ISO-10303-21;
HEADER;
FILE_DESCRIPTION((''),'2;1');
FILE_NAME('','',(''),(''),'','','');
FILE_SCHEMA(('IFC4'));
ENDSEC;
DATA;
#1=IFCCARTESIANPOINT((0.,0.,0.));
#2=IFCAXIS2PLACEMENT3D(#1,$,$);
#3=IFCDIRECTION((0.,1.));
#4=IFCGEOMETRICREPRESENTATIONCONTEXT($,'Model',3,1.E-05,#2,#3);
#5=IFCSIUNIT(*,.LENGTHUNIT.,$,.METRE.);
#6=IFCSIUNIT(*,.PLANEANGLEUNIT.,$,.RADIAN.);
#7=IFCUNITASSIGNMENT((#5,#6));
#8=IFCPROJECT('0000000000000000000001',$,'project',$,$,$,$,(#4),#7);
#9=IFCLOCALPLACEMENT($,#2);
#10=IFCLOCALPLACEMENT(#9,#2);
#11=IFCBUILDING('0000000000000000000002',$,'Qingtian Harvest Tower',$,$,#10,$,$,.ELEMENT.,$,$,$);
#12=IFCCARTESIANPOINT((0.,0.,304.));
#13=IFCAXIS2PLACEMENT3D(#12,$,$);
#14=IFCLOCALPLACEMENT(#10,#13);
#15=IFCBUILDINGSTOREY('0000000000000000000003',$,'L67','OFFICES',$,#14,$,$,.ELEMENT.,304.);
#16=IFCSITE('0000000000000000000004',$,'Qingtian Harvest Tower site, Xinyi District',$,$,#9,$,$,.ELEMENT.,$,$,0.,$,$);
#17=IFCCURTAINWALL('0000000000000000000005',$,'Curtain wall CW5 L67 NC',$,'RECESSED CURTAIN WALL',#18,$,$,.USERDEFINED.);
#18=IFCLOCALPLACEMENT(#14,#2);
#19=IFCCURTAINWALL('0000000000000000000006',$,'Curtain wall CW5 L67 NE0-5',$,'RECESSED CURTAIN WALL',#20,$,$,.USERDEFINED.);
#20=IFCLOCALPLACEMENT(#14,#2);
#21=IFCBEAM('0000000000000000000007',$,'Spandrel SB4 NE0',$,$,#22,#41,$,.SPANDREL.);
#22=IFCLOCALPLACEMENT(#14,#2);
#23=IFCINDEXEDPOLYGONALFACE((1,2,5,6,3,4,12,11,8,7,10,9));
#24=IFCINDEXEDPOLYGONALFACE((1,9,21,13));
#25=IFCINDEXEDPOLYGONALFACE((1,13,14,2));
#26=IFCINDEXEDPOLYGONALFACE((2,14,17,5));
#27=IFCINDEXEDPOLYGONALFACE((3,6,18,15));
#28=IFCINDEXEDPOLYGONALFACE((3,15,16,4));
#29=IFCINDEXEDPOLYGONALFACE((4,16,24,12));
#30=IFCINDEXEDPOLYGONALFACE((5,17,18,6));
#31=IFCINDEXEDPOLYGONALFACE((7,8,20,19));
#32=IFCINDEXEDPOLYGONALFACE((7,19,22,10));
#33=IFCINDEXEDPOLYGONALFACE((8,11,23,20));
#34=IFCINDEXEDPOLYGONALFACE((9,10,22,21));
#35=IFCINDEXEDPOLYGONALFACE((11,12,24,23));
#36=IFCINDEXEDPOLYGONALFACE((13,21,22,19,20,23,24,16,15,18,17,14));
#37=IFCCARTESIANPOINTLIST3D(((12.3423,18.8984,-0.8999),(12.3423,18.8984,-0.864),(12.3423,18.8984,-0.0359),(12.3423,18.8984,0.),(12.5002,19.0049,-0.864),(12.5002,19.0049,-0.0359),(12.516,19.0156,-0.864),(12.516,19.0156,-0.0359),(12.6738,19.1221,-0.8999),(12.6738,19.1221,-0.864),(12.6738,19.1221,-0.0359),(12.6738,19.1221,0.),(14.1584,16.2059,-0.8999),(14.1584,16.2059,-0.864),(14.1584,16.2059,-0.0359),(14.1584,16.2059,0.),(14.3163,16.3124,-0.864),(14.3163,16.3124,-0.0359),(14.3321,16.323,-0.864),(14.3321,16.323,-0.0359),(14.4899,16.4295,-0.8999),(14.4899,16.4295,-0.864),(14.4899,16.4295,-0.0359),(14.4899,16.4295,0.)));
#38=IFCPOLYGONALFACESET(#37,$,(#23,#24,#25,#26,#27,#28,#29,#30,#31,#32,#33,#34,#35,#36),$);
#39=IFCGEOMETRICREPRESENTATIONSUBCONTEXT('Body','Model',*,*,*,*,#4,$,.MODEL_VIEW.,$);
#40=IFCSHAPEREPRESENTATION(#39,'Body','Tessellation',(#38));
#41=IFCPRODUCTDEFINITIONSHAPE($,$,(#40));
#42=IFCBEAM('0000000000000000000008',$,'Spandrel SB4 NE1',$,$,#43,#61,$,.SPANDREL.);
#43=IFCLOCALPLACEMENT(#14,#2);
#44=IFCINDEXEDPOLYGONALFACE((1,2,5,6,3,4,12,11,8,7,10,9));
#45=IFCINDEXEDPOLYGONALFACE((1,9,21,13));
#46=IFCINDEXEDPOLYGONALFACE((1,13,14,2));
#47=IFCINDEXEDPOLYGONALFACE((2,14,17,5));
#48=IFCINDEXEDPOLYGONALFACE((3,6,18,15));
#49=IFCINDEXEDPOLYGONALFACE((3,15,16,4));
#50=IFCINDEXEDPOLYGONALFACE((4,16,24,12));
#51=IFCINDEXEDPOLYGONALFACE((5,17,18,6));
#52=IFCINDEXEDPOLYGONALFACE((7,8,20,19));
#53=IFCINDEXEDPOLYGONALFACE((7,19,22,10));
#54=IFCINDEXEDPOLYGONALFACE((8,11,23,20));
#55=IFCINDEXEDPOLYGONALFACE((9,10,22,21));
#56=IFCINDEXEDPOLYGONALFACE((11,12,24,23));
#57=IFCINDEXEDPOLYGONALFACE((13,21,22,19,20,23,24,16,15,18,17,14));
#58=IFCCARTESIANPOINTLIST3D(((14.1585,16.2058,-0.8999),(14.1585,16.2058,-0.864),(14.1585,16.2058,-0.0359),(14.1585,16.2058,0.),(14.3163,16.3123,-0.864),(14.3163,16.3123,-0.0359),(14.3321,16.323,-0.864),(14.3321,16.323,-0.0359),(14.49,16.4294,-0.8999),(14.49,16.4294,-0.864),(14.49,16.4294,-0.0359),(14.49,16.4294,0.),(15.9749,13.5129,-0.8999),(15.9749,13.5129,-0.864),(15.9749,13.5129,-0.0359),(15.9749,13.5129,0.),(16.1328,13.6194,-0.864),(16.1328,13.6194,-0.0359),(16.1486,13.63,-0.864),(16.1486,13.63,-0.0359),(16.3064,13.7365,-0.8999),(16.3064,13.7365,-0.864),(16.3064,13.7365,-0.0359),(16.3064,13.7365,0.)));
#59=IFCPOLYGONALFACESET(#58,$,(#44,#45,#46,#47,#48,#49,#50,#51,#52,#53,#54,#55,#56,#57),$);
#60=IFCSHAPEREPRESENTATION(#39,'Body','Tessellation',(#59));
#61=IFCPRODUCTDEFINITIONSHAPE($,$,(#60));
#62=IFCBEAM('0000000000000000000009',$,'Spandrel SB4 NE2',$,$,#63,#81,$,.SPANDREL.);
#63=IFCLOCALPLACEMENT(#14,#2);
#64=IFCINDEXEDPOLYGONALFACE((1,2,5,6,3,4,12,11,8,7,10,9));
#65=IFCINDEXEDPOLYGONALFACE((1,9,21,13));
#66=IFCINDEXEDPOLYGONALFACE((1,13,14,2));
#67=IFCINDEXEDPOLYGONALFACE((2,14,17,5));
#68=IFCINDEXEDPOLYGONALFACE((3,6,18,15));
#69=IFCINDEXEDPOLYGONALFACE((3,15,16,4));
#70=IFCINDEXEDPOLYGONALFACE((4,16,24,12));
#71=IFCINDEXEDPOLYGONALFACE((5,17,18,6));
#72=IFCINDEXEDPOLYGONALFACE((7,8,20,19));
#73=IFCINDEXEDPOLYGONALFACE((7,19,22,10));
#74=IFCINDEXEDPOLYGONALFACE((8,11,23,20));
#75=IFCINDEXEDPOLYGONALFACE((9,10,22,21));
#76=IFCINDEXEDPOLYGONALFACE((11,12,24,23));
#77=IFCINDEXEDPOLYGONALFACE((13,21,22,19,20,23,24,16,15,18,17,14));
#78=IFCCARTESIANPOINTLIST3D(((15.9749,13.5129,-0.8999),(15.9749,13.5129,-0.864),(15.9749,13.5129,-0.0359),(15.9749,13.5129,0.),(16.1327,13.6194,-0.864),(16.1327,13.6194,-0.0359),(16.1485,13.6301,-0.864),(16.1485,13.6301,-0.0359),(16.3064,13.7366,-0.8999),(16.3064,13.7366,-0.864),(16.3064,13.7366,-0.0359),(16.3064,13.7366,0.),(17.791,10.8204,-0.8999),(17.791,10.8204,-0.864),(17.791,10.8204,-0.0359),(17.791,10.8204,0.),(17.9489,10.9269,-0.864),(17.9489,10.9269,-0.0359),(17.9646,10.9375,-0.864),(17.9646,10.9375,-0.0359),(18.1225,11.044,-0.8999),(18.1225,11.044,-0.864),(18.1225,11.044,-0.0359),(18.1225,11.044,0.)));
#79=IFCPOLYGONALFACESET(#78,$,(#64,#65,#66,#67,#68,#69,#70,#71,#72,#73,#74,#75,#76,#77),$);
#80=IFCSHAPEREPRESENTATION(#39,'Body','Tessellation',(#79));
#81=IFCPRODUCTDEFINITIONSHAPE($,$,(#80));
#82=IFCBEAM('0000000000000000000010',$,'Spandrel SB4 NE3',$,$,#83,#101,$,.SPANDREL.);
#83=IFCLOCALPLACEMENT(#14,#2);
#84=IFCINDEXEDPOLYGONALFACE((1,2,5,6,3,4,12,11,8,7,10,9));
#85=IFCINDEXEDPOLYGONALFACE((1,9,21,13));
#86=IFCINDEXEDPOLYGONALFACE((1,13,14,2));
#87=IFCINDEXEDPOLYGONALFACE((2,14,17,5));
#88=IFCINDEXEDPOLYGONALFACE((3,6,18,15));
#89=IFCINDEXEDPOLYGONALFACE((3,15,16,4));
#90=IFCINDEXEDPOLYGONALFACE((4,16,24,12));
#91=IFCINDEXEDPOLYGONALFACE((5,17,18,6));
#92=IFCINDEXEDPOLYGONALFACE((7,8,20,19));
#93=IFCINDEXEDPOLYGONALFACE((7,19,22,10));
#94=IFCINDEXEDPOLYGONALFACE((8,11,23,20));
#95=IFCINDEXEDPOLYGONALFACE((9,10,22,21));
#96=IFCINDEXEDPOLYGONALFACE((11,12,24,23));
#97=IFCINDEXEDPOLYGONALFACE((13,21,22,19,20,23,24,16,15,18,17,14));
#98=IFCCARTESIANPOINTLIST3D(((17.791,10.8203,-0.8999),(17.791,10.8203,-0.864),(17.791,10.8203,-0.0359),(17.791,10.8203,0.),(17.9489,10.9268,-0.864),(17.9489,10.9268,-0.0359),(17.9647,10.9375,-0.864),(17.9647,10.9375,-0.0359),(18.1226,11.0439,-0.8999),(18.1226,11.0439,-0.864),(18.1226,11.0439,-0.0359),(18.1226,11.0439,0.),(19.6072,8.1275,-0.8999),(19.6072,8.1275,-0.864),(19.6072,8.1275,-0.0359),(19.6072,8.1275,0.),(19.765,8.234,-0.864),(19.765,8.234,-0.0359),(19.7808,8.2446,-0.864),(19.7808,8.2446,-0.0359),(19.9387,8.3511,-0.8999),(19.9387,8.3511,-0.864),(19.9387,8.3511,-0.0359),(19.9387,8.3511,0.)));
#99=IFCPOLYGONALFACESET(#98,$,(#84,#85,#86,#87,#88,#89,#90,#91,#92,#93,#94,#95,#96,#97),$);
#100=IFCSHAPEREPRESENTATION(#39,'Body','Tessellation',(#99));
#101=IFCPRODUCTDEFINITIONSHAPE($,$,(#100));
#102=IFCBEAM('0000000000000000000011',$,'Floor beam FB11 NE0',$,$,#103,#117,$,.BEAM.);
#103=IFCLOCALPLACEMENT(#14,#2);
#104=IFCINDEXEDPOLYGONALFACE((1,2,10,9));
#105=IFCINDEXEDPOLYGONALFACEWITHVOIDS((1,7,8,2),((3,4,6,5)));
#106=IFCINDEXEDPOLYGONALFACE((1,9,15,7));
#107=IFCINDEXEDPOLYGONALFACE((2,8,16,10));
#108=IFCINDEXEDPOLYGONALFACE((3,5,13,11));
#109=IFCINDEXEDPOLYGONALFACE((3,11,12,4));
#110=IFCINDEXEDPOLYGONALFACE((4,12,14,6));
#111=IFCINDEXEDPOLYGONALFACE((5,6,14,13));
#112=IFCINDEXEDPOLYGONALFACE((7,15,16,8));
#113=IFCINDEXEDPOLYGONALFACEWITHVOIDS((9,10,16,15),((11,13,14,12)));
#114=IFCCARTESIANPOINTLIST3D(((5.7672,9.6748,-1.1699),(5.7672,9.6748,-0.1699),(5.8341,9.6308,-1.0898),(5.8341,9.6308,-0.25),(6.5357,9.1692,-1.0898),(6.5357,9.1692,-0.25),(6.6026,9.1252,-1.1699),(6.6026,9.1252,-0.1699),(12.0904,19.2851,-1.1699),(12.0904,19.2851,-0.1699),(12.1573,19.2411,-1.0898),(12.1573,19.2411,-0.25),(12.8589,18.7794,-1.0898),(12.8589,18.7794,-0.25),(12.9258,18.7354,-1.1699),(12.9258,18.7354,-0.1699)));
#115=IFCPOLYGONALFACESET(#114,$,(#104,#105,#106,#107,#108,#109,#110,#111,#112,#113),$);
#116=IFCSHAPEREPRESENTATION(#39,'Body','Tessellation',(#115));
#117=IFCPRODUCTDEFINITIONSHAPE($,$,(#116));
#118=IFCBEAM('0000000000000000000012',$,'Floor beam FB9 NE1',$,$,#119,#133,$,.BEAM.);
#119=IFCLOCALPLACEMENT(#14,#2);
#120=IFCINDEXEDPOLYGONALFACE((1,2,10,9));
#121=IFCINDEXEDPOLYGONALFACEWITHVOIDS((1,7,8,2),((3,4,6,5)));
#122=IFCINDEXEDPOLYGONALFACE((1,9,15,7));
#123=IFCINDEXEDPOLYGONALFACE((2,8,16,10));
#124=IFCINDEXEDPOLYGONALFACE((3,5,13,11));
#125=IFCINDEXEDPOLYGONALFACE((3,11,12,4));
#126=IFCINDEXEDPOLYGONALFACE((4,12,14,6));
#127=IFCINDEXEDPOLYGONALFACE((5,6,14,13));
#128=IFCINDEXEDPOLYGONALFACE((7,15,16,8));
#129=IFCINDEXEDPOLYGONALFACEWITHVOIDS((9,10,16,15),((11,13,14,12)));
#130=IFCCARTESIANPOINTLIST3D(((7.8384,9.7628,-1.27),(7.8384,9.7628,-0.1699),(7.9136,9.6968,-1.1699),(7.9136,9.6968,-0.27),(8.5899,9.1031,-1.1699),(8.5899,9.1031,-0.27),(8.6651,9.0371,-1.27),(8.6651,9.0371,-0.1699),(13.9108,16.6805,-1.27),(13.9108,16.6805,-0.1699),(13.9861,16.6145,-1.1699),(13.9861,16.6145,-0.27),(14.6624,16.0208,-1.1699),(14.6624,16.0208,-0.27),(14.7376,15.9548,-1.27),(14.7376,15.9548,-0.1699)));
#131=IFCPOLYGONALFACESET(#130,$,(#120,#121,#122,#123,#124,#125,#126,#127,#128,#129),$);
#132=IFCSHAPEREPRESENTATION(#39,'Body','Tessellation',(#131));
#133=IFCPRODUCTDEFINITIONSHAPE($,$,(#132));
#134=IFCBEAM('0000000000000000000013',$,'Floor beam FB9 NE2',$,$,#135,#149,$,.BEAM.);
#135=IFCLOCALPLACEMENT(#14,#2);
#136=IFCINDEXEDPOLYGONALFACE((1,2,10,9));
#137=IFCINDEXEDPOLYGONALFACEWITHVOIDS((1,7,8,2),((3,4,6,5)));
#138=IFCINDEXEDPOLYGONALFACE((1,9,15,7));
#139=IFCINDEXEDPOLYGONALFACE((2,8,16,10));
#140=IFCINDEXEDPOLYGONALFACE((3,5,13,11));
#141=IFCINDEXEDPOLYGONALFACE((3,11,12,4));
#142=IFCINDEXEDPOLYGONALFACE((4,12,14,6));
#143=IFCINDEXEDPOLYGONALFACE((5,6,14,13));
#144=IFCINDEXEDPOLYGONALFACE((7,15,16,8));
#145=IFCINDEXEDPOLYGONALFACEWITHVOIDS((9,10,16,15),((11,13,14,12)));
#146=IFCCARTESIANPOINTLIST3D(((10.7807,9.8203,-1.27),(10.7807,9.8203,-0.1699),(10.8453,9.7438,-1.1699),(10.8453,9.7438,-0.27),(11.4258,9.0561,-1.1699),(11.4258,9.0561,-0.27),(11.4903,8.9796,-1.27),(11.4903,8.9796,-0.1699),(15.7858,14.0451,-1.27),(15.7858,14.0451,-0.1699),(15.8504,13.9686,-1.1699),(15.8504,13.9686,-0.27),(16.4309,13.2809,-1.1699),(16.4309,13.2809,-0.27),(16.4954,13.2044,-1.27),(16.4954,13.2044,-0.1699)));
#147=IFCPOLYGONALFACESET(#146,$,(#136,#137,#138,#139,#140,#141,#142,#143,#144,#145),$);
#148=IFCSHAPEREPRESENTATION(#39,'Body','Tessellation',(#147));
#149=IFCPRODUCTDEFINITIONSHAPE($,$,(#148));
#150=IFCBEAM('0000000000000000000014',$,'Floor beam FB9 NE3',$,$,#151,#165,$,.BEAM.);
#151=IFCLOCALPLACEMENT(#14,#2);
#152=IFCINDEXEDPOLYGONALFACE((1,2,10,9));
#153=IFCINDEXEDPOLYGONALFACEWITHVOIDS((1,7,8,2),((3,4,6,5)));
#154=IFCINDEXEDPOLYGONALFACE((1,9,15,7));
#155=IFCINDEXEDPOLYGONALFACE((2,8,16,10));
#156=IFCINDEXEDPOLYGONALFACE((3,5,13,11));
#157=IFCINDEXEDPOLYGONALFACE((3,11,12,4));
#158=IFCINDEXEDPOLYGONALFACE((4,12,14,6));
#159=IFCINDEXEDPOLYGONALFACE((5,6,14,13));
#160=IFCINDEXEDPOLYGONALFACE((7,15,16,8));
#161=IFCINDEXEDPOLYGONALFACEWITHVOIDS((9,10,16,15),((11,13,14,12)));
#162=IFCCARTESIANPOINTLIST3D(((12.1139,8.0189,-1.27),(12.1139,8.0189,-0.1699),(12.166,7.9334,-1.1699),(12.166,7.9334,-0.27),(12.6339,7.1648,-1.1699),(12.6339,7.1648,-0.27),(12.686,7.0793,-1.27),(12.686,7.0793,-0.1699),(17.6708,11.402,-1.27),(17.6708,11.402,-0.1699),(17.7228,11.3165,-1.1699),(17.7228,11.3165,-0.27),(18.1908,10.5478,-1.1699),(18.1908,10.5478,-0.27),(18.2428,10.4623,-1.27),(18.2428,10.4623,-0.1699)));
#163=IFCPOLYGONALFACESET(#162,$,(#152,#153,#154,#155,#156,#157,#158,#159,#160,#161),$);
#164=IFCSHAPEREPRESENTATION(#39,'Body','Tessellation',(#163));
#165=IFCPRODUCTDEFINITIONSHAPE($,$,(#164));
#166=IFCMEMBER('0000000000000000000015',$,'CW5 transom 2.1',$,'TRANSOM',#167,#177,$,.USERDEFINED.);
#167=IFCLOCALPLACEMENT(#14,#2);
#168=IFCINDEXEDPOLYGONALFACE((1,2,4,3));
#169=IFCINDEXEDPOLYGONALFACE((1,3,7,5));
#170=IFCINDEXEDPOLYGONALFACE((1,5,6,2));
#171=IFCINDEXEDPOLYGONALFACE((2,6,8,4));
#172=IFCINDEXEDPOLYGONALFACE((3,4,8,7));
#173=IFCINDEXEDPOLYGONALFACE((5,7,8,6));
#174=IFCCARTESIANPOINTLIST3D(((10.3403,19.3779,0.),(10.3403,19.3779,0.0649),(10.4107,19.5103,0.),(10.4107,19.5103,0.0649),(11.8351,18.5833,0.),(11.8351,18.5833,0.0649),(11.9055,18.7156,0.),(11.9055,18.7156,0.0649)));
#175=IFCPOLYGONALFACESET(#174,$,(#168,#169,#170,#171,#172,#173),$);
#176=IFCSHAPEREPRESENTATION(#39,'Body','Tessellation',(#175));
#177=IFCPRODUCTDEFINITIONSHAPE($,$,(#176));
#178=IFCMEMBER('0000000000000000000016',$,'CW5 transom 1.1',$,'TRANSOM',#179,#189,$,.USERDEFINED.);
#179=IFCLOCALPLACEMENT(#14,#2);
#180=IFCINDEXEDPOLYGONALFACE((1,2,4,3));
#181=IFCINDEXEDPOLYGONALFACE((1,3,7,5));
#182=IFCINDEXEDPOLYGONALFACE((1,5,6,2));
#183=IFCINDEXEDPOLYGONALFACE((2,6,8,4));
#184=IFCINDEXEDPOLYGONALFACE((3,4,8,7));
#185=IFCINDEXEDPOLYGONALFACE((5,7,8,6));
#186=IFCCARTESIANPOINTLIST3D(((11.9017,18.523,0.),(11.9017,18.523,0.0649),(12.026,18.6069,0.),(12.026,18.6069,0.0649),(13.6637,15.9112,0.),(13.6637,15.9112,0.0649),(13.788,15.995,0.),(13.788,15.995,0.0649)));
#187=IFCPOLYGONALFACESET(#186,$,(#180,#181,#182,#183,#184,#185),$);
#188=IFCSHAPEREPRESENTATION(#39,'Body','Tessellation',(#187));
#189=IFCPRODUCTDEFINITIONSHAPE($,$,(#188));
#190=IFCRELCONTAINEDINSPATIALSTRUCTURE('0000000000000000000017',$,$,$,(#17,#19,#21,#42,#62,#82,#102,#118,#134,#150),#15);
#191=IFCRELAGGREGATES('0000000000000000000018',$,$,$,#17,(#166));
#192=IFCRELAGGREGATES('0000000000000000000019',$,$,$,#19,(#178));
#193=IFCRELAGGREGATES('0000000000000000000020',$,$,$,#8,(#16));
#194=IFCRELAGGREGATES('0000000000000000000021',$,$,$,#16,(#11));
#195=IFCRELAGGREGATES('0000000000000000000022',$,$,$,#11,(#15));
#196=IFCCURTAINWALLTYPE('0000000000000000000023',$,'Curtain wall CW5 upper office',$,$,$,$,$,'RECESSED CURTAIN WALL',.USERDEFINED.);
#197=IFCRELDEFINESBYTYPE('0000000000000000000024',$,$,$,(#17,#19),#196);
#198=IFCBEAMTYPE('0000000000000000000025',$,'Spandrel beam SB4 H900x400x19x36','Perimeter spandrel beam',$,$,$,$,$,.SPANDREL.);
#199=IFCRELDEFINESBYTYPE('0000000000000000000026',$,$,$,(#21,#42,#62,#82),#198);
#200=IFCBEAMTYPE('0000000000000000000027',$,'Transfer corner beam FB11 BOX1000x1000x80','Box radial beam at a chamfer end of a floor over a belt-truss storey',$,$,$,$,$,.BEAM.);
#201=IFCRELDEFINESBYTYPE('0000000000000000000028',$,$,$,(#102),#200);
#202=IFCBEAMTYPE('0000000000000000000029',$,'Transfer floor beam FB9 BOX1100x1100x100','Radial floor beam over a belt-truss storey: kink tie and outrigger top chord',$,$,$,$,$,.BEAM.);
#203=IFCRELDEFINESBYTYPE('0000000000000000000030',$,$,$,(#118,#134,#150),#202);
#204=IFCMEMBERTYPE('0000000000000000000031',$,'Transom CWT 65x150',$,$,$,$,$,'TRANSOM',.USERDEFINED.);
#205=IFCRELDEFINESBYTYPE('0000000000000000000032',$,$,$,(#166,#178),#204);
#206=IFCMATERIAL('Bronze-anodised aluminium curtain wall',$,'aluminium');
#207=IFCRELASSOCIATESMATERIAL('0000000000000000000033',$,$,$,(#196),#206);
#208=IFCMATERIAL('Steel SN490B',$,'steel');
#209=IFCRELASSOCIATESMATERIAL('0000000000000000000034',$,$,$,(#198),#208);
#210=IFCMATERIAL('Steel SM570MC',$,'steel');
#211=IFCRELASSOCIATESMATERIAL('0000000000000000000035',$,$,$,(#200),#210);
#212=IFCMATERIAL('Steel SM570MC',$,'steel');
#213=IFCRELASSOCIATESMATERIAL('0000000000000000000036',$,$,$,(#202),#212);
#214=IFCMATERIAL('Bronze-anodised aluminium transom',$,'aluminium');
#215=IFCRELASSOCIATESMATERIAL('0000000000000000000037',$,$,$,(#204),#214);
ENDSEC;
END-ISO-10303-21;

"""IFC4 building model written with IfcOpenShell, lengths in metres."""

from ifc_helpers import new_model, si_unit, direction, frame, origin, origin_2d, place, context, subcontext, project, spatial, rectangle, hollow_rectangle, i_section, extrude, material, material_profile, profile_set, type_object, element, aggregate, save


model = new_model("IFC4")

# Units and contexts
model_context = context("Model", 3, precision=1e-05, world=origin(), true_north=direction((0.0, 1.0)))
body_context = subcontext(model_context, "Body", "Model", "MODEL_VIEW")
ifc_project = project(units=[si_unit("LENGTHUNIT", "METRE"), si_unit("PLANEANGLEUNIT", "RADIAN")], contexts=[model_context])

# Site, building, storey
site_placement = place(None, origin())
site = spatial("IfcSite", under=ifc_project, at=site_placement, Name="Qingtian Harvest Tower site, Xinyi District", CompositionType="ELEMENT", RefElevation=0.0)
building_placement = place(site_placement, origin())
building = spatial("IfcBuilding", under=site, at=building_placement, Name="Qingtian Harvest Tower", CompositionType="ELEMENT")
storey_placement = place(building_placement, frame((0.0, 0.0, 304.0)))
storey = spatial("IfcBuildingStorey", under=building, at=storey_placement, Name="L67", Description="OFFICES", CompositionType="ELEMENT", Elevation=304.0)

# Curtain walls
ifc_material_1 = material(Name="Bronze-anodised aluminium curtain wall", Category="aluminium")
curtain_wall_type = type_object("IfcCurtainWallType", Name="Curtain wall CW5 upper office", ElementType="RECESSED CURTAIN WALL", PredefinedType="USERDEFINED", material=ifc_material_1)
curtain_wall_1_placement = place(storey_placement, origin())
curtain_wall_1 = element("IfcCurtainWall", 1, at=curtain_wall_1_placement, inside=storey, type_object=curtain_wall_type, Name="Curtain wall CW5 L67 NC", ObjectType="RECESSED CURTAIN WALL", PredefinedType="USERDEFINED")
curtain_wall_2_placement = place(storey_placement, origin())
curtain_wall_2 = element("IfcCurtainWall", 2, at=curtain_wall_2_placement, inside=storey, type_object=curtain_wall_type, Name="Curtain wall CW5 L67 NE0-5", ObjectType="RECESSED CURTAIN WALL", PredefinedType="USERDEFINED")

# Beams
ifc_material_2 = material(Name="Steel SN490B", Category="steel")
ifc_material_profile_1 = material_profile(ifc_material_2, i_section(OverallWidth=0.3999, OverallDepth=0.8999, WebThickness=0.019, FlangeThickness=0.0359, at=origin_2d()), Name="H900x400x19x36")
ifc_profile_set_1 = profile_set([ifc_material_profile_1], Name="Steel SN490B")
beam_type_1 = type_object("IfcBeamType", Name="Spandrel beam SB4 H900x400x19x36", Description="Perimeter spandrel beam", PredefinedType="SPANDREL", material=ifc_profile_set_1)
beam_1_placement = place(storey_placement, frame((12.5081, 19.0103, -0.45), z_axis=(0.559185, -0.829043, 0.0), x_axis=(0.829043, 0.559185, 0.0)))
element("IfcBeam", 3, at=beam_1_placement, inside=storey, type_object=beam_type_1, Name="Spandrel SB4 NE0", PredefinedType="SPANDREL", context=body_context, shape_type="SweptSolid", body=[
    extrude(i_section(OverallWidth=0.3999, OverallDepth=0.8999, WebThickness=0.019, FlangeThickness=0.0359, at=origin_2d()), origin(), (0.0, 0.0, 1.0), 3.2478),
])
beam_2_placement = place(storey_placement, frame((14.3242, 16.3176, -0.45), z_axis=(0.559202, -0.829032, 0.0), x_axis=(0.829032, 0.559202, 0.0)))
element("IfcBeam", 4, at=beam_2_placement, inside=storey, type_object=beam_type_1, Name="Spandrel SB4 NE1", PredefinedType="SPANDREL", context=body_context, shape_type="SweptSolid", body=[
    extrude(i_section(OverallWidth=0.3999, OverallDepth=0.8999, WebThickness=0.019, FlangeThickness=0.0359, at=origin_2d()), origin(), (0.0, 0.0, 1.0), 3.2483),
])
beam_3_placement = place(storey_placement, frame((16.1406, 13.6248, -0.45), z_axis=(0.559185, -0.829043, 0.0), x_axis=(0.829043, 0.559185, 0.0)))
element("IfcBeam", 5, at=beam_3_placement, inside=storey, type_object=beam_type_1, Name="Spandrel SB4 NE2", PredefinedType="SPANDREL", context=body_context, shape_type="SweptSolid", body=[
    extrude(i_section(OverallWidth=0.3999, OverallDepth=0.8999, WebThickness=0.019, FlangeThickness=0.0359, at=origin_2d()), origin(), (0.0, 0.0, 1.0), 3.2478),
])
beam_4_placement = place(storey_placement, frame((17.9568, 10.9321, -0.45), z_axis=(0.55915, -0.829066, 0.0), x_axis=(0.829066, 0.55915, 0.0)))
element("IfcBeam", 6, at=beam_4_placement, inside=storey, type_object=beam_type_1, Name="Spandrel SB4 NE3", PredefinedType="SPANDREL", context=body_context, shape_type="SweptSolid", body=[
    extrude(i_section(OverallWidth=0.3999, OverallDepth=0.8999, WebThickness=0.019, FlangeThickness=0.0359, at=origin_2d()), origin(), (0.0, 0.0, 1.0), 3.248),
])
ifc_material_3 = material(Name="Steel SM570MC", Category="steel")
ifc_material_profile_2 = material_profile(ifc_material_3, hollow_rectangle(XDim=1.0, YDim=1.0, WallThickness=0.0801, at=origin_2d()), Name="BOX1000x1000x80")
ifc_profile_set_2 = profile_set([ifc_material_profile_2], Name="Steel SM570MC")
beam_type_2 = type_object("IfcBeamType", Name="Transfer corner beam FB11 BOX1000x1000x80", Description="Box radial beam at a chamfer end of a floor over a belt-truss storey", PredefinedType="BEAM", material=ifc_profile_set_2)
beam_5_placement = place(storey_placement, frame((12.5081, 19.0103, -0.6699), z_axis=(-0.549655, -0.835391, 0.0), x_axis=(0.835391, -0.549655, 0.0)))
element("IfcBeam", 7, at=beam_5_placement, inside=storey, type_object=beam_type_2, Name="Floor beam FB11 NE0", PredefinedType="BEAM", context=body_context, shape_type="SweptSolid", body=[
    extrude(hollow_rectangle(XDim=1.0, YDim=1.0, WallThickness=0.0801, at=origin_2d()), origin(), (0.0, 0.0, 1.0), 11.5039),
])
ifc_material_4 = material(Name="Steel SM570MC", Category="steel")
ifc_material_profile_3 = material_profile(ifc_material_4, hollow_rectangle(XDim=1.1001, YDim=1.1001, WallThickness=0.1001, at=origin_2d()), Name="BOX1100x1100x100")
ifc_profile_set_3 = profile_set([ifc_material_profile_3], Name="Steel SM570MC")
beam_type_3 = type_object("IfcBeamType", Name="Transfer floor beam FB9 BOX1100x1100x100", Description="Radial floor beam over a belt-truss storey: kink tie and outrigger top chord", PredefinedType="BEAM", material=ifc_profile_set_3)
beam_6_placement = place(storey_placement, frame((14.3242, 16.3176, -0.72), z_axis=(-0.659704, -0.751526, 0.0), x_axis=(0.751526, -0.659704, 0.0)))
element("IfcBeam", 8, at=beam_6_placement, inside=storey, type_object=beam_type_3, Name="Floor beam FB9 NE1", PredefinedType="BEAM", context=body_context, shape_type="SweptSolid", body=[
    extrude(hollow_rectangle(XDim=1.1001, YDim=1.1001, WallThickness=0.1001, at=origin_2d()), origin(), (0.0, 0.0, 1.0), 9.2048),
])
beam_7_placement = place(storey_placement, frame((16.1406, 13.6248, -0.72), z_axis=(-0.764158, -0.645029, 0.0), x_axis=(0.645029, -0.764158, 0.0)))
element("IfcBeam", 9, at=beam_7_placement, inside=storey, type_object=beam_type_3, Name="Floor beam FB9 NE2", PredefinedType="BEAM", context=body_context, shape_type="SweptSolid", body=[
    extrude(hollow_rectangle(XDim=1.1001, YDim=1.1001, WallThickness=0.1001, at=origin_2d()), origin(), (0.0, 0.0, 1.0), 6.5498),
])
beam_8_placement = place(storey_placement, frame((17.9568, 10.9321, -0.72), z_axis=(-0.854157, -0.520015, 0.0), x_axis=(0.520015, -0.854157, 0.0)))
element("IfcBeam", 10, at=beam_8_placement, inside=storey, type_object=beam_type_3, Name="Floor beam FB9 NE3", PredefinedType="BEAM", context=body_context, shape_type="SweptSolid", body=[
    extrude(hollow_rectangle(XDim=1.1001, YDim=1.1001, WallThickness=0.1001, at=origin_2d()), origin(), (0.0, 0.0, 1.0), 6.5056),
])

# Members
ifc_material_5 = material(Name="Bronze-anodised aluminium transom", Category="aluminium")
ifc_material_profile_4 = material_profile(ifc_material_5, rectangle(XDim=0.1499, YDim=0.0649, at=origin_2d()), Name="AL 65x150")
ifc_profile_set_4 = profile_set([ifc_material_profile_4], Name="Bronze-anodised aluminium transom")
member_type_1 = type_object("IfcMemberType", Name="Transom CWT 65x150", ElementType="TRANSOM", PredefinedType="USERDEFINED", material=ifc_profile_set_4)
member_1_placement = place(storey_placement, frame((10.3755, 19.4441, 0.0325), z_axis=(0.882987, -0.469398, 0.0), x_axis=(0.469398, 0.882987, 0.0)))
member_1 = element("IfcMember", 11, at=member_1_placement, type_object=member_type_1, Name="CW5 transom 2.1", ObjectType="TRANSOM", PredefinedType="USERDEFINED", context=body_context, shape_type="SweptSolid", body=[
    extrude(rectangle(XDim=0.1499, YDim=0.0649, at=origin_2d()), origin(), (0.0, 0.0, 1.0), 1.6929),
])
member_2_placement = place(storey_placement, frame((11.9639, 18.5649, 0.0325), z_axis=(0.559252, -0.828998, 0.0), x_axis=(0.828998, 0.559252, 0.0)))
member_2 = element("IfcMember", 12, at=member_2_placement, type_object=member_type_1, Name="CW5 transom 1.1", ObjectType="TRANSOM", PredefinedType="USERDEFINED", context=body_context, shape_type="SweptSolid", body=[
    extrude(rectangle(XDim=0.1499, YDim=0.0649, at=origin_2d()), origin(), (0.0, 0.0, 1.0), 3.1506),
])

aggregate(curtain_wall_1, [member_1])
aggregate(curtain_wall_2, [member_2])

save(model, "model.ifc")
